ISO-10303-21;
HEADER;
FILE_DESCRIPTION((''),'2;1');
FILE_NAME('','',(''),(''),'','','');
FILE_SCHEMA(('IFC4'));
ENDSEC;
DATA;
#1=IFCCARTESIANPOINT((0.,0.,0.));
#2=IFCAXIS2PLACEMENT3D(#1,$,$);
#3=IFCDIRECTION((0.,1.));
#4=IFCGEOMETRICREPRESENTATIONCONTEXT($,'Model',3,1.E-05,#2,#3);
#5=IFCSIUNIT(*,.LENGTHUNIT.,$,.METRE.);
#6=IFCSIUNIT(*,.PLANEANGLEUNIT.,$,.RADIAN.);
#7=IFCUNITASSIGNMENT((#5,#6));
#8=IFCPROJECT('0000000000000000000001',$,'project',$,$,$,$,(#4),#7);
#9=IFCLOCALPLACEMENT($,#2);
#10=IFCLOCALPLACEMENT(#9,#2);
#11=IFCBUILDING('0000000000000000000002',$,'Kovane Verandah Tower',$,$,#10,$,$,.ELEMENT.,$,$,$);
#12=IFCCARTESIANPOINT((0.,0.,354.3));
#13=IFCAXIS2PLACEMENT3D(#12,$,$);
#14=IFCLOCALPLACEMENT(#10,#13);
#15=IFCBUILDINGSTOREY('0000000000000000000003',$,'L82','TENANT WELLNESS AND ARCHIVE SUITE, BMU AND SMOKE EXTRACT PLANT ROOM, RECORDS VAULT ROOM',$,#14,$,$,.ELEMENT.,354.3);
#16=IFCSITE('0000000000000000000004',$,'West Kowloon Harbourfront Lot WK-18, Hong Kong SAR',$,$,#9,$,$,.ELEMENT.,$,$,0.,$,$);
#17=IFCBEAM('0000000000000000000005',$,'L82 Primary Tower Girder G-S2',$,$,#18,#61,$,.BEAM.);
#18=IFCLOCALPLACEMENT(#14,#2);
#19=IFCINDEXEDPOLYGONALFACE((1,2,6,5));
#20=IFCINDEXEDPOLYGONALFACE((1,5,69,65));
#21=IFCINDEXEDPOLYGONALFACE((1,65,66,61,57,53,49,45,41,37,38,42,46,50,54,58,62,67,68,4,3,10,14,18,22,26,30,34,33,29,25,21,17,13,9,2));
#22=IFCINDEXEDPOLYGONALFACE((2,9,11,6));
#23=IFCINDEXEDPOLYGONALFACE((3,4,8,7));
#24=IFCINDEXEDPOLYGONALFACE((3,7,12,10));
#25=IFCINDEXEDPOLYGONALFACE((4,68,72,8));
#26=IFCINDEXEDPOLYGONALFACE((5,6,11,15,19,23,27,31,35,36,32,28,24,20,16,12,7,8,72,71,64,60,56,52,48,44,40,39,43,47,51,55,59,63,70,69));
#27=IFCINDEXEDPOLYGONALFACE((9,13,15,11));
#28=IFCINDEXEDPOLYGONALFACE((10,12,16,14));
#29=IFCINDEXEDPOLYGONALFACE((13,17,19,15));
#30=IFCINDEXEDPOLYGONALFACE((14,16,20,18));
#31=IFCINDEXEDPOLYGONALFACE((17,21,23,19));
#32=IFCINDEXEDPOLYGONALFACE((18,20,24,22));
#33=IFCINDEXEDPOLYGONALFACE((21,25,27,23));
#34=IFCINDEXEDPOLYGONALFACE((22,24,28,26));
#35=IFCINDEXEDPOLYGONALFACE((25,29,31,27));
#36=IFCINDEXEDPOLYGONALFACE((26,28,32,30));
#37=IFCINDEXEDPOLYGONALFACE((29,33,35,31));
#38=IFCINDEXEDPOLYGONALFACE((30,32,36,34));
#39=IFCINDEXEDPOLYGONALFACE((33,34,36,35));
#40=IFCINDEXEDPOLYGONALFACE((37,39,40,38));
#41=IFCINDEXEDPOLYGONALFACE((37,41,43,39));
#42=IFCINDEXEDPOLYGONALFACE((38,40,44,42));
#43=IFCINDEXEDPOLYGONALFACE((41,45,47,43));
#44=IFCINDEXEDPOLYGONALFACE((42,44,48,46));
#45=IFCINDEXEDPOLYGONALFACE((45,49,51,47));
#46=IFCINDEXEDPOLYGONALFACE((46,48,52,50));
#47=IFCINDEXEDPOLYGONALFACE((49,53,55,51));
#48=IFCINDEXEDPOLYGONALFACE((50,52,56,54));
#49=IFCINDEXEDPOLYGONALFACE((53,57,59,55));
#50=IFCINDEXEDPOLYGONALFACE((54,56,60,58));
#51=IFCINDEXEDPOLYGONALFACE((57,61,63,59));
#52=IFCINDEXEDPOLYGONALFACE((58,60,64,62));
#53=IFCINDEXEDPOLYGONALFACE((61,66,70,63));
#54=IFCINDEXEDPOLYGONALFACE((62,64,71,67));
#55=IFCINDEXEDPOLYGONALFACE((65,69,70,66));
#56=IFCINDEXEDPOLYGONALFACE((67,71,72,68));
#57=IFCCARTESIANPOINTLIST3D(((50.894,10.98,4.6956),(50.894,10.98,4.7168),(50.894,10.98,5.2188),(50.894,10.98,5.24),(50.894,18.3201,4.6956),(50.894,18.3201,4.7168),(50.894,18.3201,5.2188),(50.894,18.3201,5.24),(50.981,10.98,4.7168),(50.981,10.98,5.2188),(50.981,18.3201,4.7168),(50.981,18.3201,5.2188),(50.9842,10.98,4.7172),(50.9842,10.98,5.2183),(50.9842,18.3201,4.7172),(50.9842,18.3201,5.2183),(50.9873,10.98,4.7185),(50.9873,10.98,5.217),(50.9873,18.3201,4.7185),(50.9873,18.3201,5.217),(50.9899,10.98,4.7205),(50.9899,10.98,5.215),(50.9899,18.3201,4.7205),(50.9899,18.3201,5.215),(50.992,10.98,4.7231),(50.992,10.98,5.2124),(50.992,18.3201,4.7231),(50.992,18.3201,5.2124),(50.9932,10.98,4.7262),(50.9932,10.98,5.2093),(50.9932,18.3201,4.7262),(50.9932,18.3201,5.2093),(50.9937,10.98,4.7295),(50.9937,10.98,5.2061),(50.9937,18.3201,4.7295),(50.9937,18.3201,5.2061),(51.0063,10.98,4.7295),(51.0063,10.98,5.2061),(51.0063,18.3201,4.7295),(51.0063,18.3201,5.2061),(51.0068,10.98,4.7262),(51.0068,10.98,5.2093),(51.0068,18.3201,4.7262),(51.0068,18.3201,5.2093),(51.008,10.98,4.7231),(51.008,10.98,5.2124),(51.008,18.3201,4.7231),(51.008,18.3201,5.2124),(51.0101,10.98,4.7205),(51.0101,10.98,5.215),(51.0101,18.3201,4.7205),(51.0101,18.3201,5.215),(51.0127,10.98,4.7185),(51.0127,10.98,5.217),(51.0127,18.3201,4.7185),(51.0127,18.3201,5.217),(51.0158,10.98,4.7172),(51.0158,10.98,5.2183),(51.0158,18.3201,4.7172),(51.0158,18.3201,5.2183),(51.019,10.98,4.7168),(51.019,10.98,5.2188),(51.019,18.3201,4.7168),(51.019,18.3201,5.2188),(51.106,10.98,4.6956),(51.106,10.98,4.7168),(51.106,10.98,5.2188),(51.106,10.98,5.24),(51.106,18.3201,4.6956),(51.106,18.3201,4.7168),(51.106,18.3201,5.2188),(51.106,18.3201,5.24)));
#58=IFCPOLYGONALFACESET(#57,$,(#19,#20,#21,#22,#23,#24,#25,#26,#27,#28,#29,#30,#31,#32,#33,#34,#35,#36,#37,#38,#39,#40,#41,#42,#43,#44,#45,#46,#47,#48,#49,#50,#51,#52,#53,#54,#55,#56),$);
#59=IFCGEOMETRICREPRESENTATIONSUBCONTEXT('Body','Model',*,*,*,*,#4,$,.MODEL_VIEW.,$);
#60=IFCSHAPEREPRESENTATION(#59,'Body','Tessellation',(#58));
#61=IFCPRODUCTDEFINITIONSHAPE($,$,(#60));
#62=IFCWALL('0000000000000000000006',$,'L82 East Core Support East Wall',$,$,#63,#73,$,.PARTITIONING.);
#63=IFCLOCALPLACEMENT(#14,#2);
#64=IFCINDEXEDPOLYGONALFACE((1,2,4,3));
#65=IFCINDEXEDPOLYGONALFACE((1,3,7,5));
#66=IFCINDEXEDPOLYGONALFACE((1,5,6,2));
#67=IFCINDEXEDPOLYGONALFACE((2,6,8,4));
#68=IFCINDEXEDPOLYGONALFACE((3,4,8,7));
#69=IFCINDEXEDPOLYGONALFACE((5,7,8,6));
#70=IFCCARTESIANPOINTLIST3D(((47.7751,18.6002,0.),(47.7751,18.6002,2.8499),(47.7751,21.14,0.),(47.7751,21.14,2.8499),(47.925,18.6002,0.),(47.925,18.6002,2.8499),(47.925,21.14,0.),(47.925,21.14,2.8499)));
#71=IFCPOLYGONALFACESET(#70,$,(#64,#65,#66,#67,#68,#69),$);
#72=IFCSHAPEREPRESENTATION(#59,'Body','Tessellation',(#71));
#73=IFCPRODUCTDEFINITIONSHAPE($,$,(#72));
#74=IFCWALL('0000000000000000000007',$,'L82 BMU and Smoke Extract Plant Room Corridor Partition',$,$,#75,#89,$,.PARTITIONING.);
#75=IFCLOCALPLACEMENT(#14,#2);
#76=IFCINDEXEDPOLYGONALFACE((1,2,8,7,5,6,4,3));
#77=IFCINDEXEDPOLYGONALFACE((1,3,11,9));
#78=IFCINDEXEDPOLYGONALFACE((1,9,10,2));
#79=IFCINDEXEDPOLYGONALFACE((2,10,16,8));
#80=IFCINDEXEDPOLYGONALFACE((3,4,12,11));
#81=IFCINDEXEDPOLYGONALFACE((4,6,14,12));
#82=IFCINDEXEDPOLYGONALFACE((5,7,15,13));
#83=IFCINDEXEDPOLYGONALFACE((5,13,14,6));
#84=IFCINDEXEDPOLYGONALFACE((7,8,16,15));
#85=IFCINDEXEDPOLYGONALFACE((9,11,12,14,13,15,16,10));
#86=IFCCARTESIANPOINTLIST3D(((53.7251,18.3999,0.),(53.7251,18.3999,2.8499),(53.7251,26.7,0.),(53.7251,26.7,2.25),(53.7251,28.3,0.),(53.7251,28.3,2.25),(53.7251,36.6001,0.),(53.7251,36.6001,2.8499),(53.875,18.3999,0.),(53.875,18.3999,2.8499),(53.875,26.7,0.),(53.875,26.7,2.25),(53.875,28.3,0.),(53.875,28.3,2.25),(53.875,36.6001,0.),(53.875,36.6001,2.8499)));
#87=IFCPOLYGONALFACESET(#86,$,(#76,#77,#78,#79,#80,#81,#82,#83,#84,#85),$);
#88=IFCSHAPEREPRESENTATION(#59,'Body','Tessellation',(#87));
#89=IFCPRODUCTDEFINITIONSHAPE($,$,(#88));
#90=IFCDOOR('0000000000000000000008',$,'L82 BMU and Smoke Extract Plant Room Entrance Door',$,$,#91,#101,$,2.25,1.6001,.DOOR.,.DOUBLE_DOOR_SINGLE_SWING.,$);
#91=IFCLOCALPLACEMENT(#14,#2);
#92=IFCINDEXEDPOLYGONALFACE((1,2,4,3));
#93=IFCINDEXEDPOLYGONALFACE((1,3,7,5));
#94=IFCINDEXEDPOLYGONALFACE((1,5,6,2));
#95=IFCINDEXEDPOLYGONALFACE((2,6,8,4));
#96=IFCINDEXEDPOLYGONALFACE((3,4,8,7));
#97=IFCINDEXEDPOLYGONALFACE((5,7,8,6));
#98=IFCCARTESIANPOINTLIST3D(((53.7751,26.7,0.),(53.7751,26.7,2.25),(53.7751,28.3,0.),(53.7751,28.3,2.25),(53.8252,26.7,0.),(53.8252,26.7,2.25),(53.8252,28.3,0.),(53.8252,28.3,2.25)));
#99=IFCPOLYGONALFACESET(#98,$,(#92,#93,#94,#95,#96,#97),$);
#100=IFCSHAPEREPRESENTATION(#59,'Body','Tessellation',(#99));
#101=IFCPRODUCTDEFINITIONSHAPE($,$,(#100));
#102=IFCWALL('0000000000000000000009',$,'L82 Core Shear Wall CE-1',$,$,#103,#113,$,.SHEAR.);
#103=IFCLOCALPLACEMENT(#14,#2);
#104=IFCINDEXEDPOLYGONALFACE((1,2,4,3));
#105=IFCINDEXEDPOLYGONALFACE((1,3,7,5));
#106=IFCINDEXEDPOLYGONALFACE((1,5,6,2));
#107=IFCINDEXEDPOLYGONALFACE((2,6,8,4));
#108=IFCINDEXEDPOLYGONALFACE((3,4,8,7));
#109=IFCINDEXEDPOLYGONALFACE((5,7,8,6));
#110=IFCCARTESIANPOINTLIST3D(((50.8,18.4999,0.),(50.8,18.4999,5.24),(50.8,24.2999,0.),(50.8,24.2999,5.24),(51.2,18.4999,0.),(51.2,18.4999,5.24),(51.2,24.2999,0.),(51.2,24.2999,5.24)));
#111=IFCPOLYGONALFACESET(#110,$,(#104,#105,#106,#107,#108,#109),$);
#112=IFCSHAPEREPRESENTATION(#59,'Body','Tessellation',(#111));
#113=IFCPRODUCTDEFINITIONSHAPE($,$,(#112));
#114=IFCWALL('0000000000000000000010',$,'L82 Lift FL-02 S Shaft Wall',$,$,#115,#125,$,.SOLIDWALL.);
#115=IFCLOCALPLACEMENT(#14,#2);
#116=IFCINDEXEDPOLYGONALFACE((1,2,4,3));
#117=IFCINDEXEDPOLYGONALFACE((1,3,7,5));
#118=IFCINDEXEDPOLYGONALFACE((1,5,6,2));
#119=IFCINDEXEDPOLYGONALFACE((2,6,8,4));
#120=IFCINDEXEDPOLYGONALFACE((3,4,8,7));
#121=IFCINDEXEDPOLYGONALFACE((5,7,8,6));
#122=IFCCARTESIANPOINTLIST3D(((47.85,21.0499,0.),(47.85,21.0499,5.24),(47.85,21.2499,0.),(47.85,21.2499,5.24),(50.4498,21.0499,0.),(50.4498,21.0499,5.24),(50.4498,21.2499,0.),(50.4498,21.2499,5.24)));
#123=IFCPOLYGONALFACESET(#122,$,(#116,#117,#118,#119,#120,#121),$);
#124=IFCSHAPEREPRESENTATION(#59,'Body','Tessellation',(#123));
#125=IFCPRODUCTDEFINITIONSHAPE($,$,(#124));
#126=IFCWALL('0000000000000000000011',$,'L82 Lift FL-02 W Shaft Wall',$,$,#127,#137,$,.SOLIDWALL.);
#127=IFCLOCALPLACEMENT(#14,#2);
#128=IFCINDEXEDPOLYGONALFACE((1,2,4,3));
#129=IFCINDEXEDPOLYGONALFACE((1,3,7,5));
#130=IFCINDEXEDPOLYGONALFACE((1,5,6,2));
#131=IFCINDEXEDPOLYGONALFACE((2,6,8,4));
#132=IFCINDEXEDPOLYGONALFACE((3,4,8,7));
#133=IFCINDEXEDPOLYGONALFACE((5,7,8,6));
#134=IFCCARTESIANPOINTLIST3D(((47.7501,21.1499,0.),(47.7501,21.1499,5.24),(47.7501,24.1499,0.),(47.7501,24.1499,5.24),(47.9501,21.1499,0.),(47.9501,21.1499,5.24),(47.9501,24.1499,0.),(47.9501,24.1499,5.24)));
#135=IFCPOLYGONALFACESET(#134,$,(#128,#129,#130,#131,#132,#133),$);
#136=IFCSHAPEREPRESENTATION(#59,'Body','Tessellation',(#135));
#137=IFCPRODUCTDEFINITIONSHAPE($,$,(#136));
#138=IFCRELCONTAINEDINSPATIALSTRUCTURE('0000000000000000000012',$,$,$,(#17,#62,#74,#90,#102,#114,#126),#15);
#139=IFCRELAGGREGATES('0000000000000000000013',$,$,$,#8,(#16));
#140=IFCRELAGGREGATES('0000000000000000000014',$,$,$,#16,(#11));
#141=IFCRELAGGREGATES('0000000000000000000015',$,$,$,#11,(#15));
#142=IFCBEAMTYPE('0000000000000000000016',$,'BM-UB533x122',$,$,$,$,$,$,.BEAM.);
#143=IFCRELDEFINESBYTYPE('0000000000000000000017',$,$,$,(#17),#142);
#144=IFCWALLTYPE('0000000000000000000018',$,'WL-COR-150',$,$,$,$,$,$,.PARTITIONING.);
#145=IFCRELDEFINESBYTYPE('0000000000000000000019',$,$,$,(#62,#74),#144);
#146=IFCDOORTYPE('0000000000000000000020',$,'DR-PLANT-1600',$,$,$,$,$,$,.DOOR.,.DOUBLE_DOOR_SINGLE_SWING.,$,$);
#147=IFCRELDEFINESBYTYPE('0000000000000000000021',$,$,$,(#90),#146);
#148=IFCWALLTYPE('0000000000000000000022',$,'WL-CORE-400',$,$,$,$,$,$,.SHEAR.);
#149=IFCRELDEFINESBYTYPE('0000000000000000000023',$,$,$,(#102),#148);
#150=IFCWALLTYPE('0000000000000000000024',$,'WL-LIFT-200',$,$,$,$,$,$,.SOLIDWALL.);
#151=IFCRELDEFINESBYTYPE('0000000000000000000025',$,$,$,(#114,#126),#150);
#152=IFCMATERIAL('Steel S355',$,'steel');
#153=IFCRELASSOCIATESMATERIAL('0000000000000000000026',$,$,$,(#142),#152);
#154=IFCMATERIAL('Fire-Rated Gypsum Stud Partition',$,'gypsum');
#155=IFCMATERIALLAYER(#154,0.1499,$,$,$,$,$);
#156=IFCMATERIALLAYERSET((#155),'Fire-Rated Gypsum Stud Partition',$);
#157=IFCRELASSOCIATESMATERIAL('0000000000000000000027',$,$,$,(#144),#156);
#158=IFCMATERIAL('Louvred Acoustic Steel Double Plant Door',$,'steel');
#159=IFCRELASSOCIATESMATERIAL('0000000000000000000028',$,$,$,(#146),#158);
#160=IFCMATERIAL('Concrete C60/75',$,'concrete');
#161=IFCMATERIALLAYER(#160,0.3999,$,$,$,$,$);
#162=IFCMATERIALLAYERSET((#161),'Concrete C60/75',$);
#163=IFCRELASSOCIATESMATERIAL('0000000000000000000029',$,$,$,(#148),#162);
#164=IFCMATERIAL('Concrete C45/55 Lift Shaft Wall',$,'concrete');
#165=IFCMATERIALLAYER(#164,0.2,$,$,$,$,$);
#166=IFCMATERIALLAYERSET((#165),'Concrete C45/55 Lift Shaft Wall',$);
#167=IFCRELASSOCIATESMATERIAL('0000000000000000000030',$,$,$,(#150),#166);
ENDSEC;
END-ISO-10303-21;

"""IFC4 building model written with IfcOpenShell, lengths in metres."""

from ifc_helpers import new_model, si_unit, direction, frame, frame_2d, origin, origin_2d, place, context, subcontext, project, spatial, rectangle, i_section, extrude, material, layer, layer_set, material_profile, profile_set, type_object, element, fill, save


model = new_model("IFC4")

# Units and contexts
model_context = context("Model", 3, precision=1e-05, world=origin(), true_north=direction((0.0, 1.0)))
body_context = subcontext(model_context, "Body", "Model", "MODEL_VIEW")
ifc_project = project(units=[si_unit("LENGTHUNIT", "METRE"), si_unit("PLANEANGLEUNIT", "RADIAN")], contexts=[model_context])

# Site, building, storey
site_placement = place(None, origin())
site = spatial("IfcSite", under=ifc_project, at=site_placement, Name="West Kowloon Harbourfront Lot WK-18, Hong Kong SAR", CompositionType="ELEMENT", RefElevation=0.0)
building_placement = place(site_placement, origin())
building = spatial("IfcBuilding", under=site, at=building_placement, Name="Kovane Verandah Tower", CompositionType="ELEMENT")
storey_placement = place(building_placement, frame((0.0, 0.0, 354.3)))
storey = spatial("IfcBuildingStorey", under=building, at=storey_placement, Name="L82", Description="TENANT WELLNESS AND ARCHIVE SUITE, BMU AND SMOKE EXTRACT PLANT ROOM, RECORDS VAULT ROOM", CompositionType="ELEMENT", Elevation=354.3)

# Shared definitions
ifc_material_1 = material(Name="Concrete C60/75", Category="concrete")

# Beam
ifc_material_2 = material(Name="Steel S355", Category="steel")
ifc_material_profile_1 = material_profile(ifc_material_2, i_section(OverallWidth=0.2119, OverallDepth=0.5444, WebThickness=0.0127, FlangeThickness=0.0212, FilletRadius=0.0127, at=origin_2d()), Name="UB533x210x122")
ifc_profile_set_1 = profile_set([ifc_material_profile_1], Name="Steel S355")
beam_type_1 = type_object("IfcBeamType", Name="BM-UB533x122", PredefinedType="BEAM", material=ifc_profile_set_1)
beam_1_placement = place(storey_placement, frame((51.0, 18.3201, 4.9678), z_axis=(0.0, -1.0, 0.0), x_axis=(1.0, 0.0, 0.0)))
element("IfcBeam", 1, at=beam_1_placement, inside=storey, type_object=beam_type_1, Name="L82 Primary Tower Girder G-S2", PredefinedType="BEAM", context=body_context, shape_type="SweptSolid", body=[
    extrude(i_section(OverallWidth=0.2119, OverallDepth=0.5444, WebThickness=0.0127, FlangeThickness=0.0212, FilletRadius=0.0127, at=origin_2d()), origin(), (0.0, 0.0, 1.0), 7.3401),
])

# Wall
ifc_material_3 = material(Name="Fire-Rated Gypsum Stud Partition", Category="gypsum")
ifc_layer_1 = layer(ifc_material_3, 0.1499)
ifc_layer_set_1 = layer_set([ifc_layer_1], Name="Fire-Rated Gypsum Stud Partition")
wall_type_1 = type_object("IfcWallType", Name="WL-COR-150", PredefinedType="PARTITIONING", material=ifc_layer_set_1)
wall_1_placement = place(storey_placement, frame((47.8501, 18.6001, 0.0), z_axis=(0.0, 0.0, 1.0), x_axis=(0.0, 1.0, 0.0)))
element("IfcWall", 2, at=wall_1_placement, inside=storey, type_object=wall_type_1, Name="L82 East Core Support East Wall", PredefinedType="PARTITIONING", context=body_context, shape_type="SweptSolid", body=[
    extrude(rectangle(XDim=2.5398, YDim=0.1499, at=frame_2d((1.27, 0.0))), origin(), (0.0, 0.0, 1.0), 2.8499),
])

# Wall, opening, door
wall_2_placement = place(storey_placement, frame((53.8, 18.3999, 0.0), z_axis=(0.0, 0.0, 1.0), x_axis=(0.0, 1.0, 0.0)))
wall_2 = element("IfcWall", 3, at=wall_2_placement, inside=storey, type_object=wall_type_1, Name="L82 BMU and Smoke Extract Plant Room Corridor Partition", PredefinedType="PARTITIONING", context=body_context, shape_type="SweptSolid", body=[
    extrude(rectangle(XDim=18.2002, YDim=0.1499, at=frame_2d((9.1001, 0.0))), origin(), (0.0, 0.0, 1.0), 2.8499),
])
opening_1_placement = place(wall_2_placement, frame((8.3, 0.0, 0.0)))
opening_1 = element("IfcOpeningElement", 4, at=opening_1_placement, cuts=wall_2, PredefinedType="OPENING", context=body_context, shape_type="SweptSolid", body=[
    extrude(rectangle(XDim=1.6001, YDim=2.25, at=frame_2d((0.8, 1.125))), frame((0.0, 0.075, 0.0), z_axis=(0.0, -1.0, 0.0), x_axis=(1.0, 0.0, 0.0)), (0.0, 0.0, 1.0), 0.1499),
])
ifc_material_4 = material(Name="Louvred Acoustic Steel Double Plant Door", Category="steel")
door_type_1 = type_object("IfcDoorType", Name="DR-PLANT-1600", OperationType="DOUBLE_DOOR_SINGLE_SWING", PredefinedType="DOOR", material=ifc_material_4)
door_1_placement = place(opening_1_placement, origin())
door_1 = element("IfcDoor", 5, at=door_1_placement, inside=storey, type_object=door_type_1, Name="L82 BMU and Smoke Extract Plant Room Entrance Door", OperationType="DOUBLE_DOOR_SINGLE_SWING", OverallHeight=2.25, OverallWidth=1.6001, PredefinedType="DOOR", context=body_context, shape_type="SweptSolid", body=[
    extrude(rectangle(XDim=1.6001, YDim=2.25, at=frame_2d((0.8, 1.125))), frame((0.0, 0.0249, 0.0), z_axis=(0.0, -1.0, 0.0), x_axis=(1.0, 0.0, 0.0)), (0.0, 0.0, 1.0), 0.05),
])
fill(opening_1, door_1)

# Wall
ifc_layer_2 = layer(ifc_material_1, 0.3999)
ifc_layer_set_2 = layer_set([ifc_layer_2], Name="Concrete C60/75")
wall_type_2 = type_object("IfcWallType", Name="WL-CORE-400", PredefinedType="SHEAR", material=ifc_layer_set_2)
wall_3_placement = place(storey_placement, frame((51.0, 18.5, 0.0), z_axis=(0.0, 0.0, 1.0), x_axis=(0.0, 1.0, 0.0)))
element("IfcWall", 6, at=wall_3_placement, inside=storey, type_object=wall_type_2, Name="L82 Core Shear Wall CE-1", PredefinedType="SHEAR", context=body_context, shape_type="SweptSolid", body=[
    extrude(rectangle(XDim=5.8, YDim=0.3999, at=frame_2d((2.8999, 0.0))), origin(), (0.0, 0.0, 1.0), 5.24),
])

# Wall
ifc_material_5 = material(Name="Concrete C45/55 Lift Shaft Wall", Category="concrete")
ifc_layer_3 = layer(ifc_material_5, 0.2)
ifc_layer_set_3 = layer_set([ifc_layer_3], Name="Concrete C45/55 Lift Shaft Wall")
wall_type_3 = type_object("IfcWallType", Name="WL-LIFT-200", PredefinedType="SOLIDWALL", material=ifc_layer_set_3)
wall_4_placement = place(storey_placement, frame((47.8501, 21.1499, 0.0), z_axis=(0.0, 0.0, 1.0), x_axis=(1.0, 0.0, 0.0)))
element("IfcWall", 7, at=wall_4_placement, inside=storey, type_object=wall_type_3, Name="L82 Lift FL-02 S Shaft Wall", PredefinedType="SOLIDWALL", context=body_context, shape_type="SweptSolid", body=[
    extrude(rectangle(XDim=2.5999, YDim=0.2, at=frame_2d((1.2998, 0.0))), origin(), (0.0, 0.0, 1.0), 5.24),
])

# Wall
wall_5_placement = place(storey_placement, frame((47.8501, 24.1499, 0.0), z_axis=(0.0, 0.0, 1.0), x_axis=(0.0, -1.0, 0.0)))
element("IfcWall", 8, at=wall_5_placement, inside=storey, type_object=wall_type_3, Name="L82 Lift FL-02 W Shaft Wall", PredefinedType="SOLIDWALL", context=body_context, shape_type="SweptSolid", body=[
    extrude(rectangle(XDim=3.0, YDim=0.2, at=frame_2d((1.5, 0.0))), origin(), (0.0, 0.0, 1.0), 5.24),
])

save(model, "model.ifc")
